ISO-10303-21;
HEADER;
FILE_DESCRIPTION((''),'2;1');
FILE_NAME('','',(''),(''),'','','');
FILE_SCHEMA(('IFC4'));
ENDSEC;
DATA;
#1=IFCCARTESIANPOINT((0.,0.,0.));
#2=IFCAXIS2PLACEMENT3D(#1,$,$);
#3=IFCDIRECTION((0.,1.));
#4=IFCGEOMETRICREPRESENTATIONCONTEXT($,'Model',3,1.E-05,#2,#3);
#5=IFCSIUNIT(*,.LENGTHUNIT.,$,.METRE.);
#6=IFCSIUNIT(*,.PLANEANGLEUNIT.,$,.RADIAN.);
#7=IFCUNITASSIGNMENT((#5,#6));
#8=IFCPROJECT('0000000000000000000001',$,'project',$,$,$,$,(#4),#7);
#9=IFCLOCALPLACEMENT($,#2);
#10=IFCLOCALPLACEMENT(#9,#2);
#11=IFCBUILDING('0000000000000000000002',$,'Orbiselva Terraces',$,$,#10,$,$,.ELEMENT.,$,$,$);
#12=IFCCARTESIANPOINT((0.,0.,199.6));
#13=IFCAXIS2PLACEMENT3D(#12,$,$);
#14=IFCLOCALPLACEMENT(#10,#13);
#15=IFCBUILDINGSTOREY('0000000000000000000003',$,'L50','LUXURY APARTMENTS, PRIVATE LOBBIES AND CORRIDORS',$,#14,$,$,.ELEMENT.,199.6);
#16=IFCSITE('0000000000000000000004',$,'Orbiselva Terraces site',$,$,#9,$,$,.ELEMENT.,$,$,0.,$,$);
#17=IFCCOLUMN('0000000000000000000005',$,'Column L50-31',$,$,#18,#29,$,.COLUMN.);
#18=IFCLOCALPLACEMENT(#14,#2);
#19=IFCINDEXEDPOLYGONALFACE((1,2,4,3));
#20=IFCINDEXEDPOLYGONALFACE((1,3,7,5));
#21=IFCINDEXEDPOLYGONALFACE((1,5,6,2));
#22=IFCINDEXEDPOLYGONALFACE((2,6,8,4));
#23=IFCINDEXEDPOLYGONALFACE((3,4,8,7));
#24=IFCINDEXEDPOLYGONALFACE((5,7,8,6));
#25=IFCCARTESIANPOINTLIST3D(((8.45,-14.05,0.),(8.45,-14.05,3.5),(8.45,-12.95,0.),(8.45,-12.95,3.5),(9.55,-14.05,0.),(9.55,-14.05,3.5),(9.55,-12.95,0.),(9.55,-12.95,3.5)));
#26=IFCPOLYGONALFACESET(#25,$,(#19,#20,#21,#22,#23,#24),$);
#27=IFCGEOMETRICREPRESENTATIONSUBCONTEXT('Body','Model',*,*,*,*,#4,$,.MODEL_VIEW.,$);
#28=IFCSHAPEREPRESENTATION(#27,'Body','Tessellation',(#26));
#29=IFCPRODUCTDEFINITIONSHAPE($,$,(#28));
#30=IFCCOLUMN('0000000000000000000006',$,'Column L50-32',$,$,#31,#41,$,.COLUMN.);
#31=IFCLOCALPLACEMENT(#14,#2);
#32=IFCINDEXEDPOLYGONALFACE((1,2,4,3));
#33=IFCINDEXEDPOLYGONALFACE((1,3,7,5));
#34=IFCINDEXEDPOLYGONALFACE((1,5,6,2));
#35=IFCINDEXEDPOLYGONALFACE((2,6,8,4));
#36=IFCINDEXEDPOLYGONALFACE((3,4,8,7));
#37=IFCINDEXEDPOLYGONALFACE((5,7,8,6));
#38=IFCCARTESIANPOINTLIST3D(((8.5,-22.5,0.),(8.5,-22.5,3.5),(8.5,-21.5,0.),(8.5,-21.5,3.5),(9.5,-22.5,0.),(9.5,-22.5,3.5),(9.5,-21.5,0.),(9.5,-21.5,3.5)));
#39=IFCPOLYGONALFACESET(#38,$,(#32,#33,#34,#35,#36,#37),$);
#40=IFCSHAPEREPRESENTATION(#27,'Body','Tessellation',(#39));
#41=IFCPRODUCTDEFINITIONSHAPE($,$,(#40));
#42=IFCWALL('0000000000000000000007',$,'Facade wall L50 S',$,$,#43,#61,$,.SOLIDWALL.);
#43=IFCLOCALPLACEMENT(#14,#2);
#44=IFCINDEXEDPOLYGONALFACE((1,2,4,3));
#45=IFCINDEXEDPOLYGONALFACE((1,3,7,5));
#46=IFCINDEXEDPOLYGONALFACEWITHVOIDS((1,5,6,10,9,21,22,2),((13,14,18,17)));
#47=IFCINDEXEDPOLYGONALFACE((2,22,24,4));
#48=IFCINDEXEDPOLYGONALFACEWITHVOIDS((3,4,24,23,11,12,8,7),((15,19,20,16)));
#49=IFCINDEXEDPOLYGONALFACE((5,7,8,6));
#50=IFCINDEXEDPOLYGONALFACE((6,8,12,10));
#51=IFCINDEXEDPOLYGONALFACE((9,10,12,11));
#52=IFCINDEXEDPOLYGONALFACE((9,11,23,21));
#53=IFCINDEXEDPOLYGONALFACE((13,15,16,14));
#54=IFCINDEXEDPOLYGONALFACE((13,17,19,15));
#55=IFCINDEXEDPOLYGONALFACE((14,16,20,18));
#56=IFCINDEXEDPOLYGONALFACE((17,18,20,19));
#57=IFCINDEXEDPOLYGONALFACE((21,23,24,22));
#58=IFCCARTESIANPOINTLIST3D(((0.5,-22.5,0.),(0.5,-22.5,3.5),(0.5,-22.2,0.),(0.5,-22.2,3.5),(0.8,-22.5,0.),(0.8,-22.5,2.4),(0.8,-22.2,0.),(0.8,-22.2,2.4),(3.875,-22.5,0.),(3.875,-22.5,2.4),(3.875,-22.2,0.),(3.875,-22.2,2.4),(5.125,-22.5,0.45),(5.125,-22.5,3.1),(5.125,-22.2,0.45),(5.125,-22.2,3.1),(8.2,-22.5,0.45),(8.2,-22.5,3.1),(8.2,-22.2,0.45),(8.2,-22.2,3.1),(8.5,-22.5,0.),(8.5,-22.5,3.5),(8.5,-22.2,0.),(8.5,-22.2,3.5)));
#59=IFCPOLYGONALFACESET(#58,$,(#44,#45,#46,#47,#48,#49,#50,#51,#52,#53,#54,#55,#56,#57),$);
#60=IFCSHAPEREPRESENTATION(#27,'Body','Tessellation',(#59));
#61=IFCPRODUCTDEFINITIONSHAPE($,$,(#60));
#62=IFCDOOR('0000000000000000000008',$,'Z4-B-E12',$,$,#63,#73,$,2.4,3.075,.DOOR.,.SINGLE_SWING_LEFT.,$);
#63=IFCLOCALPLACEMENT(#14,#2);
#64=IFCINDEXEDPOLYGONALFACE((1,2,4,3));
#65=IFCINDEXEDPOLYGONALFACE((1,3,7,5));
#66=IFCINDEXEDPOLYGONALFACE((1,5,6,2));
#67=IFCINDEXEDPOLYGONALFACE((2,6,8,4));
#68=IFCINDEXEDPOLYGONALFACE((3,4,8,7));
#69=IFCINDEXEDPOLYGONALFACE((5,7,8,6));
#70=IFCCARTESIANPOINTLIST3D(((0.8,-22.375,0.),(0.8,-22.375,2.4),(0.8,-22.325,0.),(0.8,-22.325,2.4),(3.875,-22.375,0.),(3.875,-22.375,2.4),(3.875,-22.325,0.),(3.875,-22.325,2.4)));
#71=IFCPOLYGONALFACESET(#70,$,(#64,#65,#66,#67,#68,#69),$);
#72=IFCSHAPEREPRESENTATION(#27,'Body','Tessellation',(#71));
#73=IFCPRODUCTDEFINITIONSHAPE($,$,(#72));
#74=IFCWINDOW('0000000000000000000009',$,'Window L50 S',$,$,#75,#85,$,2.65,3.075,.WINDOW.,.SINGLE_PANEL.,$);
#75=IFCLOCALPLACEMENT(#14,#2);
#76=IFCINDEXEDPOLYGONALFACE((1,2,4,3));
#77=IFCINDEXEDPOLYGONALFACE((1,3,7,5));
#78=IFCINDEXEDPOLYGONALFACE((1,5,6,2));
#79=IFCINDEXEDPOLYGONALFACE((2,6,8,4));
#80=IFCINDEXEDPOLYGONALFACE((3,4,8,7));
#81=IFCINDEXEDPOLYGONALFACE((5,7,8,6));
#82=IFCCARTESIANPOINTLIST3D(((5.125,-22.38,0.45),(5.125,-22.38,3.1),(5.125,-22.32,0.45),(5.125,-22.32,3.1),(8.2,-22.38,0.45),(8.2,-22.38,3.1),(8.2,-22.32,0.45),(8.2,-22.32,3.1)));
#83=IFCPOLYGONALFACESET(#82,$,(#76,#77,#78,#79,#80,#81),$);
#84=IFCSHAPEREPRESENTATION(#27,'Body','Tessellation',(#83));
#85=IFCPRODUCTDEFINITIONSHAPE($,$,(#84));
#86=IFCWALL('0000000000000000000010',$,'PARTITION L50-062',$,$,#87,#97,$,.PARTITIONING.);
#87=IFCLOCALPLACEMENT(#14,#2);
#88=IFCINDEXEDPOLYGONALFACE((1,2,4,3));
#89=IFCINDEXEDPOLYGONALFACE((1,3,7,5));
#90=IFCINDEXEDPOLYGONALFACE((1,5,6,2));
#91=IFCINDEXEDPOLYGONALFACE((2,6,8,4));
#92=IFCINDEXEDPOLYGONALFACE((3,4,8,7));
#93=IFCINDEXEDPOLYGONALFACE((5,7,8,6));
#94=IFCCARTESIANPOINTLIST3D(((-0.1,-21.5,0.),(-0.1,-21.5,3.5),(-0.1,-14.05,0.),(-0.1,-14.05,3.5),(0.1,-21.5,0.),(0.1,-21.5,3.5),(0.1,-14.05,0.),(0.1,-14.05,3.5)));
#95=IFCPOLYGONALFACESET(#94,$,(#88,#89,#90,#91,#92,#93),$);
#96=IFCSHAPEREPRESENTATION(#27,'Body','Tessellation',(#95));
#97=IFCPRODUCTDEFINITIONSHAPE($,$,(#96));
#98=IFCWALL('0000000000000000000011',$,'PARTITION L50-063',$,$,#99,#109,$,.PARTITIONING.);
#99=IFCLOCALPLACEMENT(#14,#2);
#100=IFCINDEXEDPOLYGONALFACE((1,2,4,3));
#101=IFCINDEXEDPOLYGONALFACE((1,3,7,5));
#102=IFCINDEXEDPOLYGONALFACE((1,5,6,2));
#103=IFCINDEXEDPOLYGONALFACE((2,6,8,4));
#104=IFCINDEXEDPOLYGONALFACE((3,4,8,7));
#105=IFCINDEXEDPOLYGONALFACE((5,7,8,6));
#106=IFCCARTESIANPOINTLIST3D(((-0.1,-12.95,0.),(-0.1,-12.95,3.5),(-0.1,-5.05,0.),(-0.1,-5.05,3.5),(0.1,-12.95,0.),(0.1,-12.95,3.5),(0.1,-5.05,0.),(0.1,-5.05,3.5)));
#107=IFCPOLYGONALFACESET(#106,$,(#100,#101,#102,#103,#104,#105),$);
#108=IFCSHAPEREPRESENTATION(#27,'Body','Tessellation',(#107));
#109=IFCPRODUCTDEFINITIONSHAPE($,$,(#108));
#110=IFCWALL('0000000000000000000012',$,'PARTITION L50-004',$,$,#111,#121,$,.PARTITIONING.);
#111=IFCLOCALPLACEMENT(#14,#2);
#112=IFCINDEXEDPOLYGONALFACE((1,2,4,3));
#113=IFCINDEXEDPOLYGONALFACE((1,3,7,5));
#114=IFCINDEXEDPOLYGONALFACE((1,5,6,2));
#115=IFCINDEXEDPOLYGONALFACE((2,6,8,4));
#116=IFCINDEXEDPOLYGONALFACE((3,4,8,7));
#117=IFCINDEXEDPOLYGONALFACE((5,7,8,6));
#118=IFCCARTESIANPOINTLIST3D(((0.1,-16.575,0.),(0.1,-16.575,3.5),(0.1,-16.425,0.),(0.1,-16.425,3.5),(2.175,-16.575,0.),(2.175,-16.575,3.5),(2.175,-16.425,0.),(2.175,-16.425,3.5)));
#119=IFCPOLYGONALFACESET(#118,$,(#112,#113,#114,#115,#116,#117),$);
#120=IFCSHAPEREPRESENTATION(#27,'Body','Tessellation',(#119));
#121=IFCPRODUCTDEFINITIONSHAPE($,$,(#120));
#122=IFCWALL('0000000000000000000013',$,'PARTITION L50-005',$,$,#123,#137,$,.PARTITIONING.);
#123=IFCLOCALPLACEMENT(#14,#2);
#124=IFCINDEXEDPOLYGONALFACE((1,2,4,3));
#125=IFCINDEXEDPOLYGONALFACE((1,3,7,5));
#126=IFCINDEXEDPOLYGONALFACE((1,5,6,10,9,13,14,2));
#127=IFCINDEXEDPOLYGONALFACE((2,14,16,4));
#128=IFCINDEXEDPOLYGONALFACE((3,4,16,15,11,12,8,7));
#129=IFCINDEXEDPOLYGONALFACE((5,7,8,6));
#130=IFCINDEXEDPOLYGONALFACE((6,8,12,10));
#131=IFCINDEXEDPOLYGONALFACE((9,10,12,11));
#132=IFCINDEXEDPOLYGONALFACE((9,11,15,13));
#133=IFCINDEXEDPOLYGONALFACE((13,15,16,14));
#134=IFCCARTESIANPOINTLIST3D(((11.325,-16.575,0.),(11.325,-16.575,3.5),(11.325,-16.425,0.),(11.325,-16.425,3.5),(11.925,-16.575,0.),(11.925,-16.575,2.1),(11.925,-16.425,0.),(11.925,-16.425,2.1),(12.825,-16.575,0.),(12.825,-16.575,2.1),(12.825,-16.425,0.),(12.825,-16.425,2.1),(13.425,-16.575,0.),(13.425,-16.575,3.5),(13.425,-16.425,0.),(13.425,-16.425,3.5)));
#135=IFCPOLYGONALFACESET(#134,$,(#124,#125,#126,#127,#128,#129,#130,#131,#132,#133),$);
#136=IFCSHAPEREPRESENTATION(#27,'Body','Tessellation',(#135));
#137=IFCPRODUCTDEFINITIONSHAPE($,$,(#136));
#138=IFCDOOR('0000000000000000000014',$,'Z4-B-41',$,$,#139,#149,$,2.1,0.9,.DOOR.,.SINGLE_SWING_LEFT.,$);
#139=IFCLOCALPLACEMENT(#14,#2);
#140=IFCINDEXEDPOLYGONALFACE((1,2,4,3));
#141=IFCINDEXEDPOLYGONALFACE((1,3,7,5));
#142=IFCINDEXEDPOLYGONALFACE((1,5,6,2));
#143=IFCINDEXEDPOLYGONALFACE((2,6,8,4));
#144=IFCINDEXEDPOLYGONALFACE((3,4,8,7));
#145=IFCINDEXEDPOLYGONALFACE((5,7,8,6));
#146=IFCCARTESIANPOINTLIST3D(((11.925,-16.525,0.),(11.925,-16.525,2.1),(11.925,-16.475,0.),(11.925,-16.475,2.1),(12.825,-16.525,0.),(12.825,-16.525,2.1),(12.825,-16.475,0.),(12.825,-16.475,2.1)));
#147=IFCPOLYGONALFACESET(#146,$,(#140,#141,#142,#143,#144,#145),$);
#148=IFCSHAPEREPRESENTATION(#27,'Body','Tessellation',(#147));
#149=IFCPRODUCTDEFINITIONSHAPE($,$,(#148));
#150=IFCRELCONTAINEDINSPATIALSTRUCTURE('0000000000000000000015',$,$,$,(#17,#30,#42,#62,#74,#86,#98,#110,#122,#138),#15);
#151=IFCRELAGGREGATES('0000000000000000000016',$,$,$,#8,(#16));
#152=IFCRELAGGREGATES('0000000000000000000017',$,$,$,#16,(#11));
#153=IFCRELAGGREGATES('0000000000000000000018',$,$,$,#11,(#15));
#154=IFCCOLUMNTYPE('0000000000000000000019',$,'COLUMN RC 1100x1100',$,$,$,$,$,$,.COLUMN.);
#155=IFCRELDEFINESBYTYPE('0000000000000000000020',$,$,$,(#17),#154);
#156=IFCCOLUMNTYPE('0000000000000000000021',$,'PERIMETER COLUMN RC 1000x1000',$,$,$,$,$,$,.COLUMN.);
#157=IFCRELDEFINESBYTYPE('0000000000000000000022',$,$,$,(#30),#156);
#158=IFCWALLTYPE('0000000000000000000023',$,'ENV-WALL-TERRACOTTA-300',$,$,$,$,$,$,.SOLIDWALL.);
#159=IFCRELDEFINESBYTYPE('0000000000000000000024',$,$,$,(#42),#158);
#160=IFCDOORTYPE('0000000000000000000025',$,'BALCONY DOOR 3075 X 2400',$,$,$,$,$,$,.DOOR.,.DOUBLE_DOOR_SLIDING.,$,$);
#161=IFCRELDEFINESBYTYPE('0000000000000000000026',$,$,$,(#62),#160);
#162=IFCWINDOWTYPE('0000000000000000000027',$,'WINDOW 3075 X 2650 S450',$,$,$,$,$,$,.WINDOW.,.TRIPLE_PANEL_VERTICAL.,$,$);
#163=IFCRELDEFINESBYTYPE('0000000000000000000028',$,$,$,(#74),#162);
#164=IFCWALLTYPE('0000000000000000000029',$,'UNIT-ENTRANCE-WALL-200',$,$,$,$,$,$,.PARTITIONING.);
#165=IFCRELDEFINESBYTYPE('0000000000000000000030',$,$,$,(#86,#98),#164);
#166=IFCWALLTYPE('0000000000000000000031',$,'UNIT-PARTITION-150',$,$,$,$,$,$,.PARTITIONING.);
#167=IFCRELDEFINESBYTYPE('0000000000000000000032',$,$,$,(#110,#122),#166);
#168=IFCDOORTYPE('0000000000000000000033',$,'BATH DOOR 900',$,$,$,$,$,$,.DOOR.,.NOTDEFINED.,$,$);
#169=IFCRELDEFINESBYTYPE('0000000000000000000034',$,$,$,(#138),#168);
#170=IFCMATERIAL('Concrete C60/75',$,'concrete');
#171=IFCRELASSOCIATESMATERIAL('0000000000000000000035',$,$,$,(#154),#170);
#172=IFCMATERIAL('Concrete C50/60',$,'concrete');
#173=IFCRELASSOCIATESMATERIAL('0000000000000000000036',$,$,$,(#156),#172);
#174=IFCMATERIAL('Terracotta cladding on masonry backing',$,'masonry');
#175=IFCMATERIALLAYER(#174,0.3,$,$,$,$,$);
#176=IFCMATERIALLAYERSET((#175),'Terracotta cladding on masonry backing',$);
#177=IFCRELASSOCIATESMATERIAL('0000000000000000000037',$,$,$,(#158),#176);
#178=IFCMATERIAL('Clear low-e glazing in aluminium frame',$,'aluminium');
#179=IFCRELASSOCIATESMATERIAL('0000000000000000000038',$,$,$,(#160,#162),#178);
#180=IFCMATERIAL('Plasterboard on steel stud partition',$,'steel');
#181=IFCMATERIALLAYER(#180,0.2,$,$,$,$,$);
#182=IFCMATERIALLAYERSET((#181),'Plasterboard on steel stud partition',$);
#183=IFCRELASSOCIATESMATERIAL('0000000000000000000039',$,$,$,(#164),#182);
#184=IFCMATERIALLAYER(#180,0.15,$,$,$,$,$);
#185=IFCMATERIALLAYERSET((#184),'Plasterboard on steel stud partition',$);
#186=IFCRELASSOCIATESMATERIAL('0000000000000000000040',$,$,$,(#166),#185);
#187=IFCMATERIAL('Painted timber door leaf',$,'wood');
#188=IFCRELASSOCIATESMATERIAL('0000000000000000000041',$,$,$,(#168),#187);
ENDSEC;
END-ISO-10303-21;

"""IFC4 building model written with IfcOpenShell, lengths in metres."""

from ifc_helpers import new_model, si_unit, direction, frame, frame_2d, origin, origin_2d, place, context, subcontext, project, spatial, rectangle, extrude, material, layer, layer_set, material_profile, profile_set, type_object, element, fill, save


model = new_model("IFC4")

# Units and contexts
model_context = context("Model", 3, precision=1e-05, world=origin(), true_north=direction((0.0, 1.0)))
body_context = subcontext(model_context, "Body", "Model", "MODEL_VIEW")
ifc_project = project(units=[si_unit("LENGTHUNIT", "METRE"), si_unit("PLANEANGLEUNIT", "RADIAN")], contexts=[model_context])

# Site, building, storey
site_placement = place(None, origin())
site = spatial("IfcSite", under=ifc_project, at=site_placement, Name="Orbiselva Terraces site", CompositionType="ELEMENT", RefElevation=0.0)
building_placement = place(site_placement, origin())
building = spatial("IfcBuilding", under=site, at=building_placement, Name="Orbiselva Terraces", CompositionType="ELEMENT")
storey_placement = place(building_placement, frame((0.0, 0.0, 199.6)))
storey = spatial("IfcBuildingStorey", under=building, at=storey_placement, Name="L50", Description="LUXURY APARTMENTS, PRIVATE LOBBIES AND CORRIDORS", CompositionType="ELEMENT", Elevation=199.6)

# Columns
ifc_material_1 = material(Name="Concrete C60/75", Category="concrete")
ifc_material_profile_1 = material_profile(ifc_material_1, rectangle(XDim=1.1, YDim=1.1, at=origin_2d()), Name="RC 1100x1100")
ifc_profile_set_1 = profile_set([ifc_material_profile_1], Name="Concrete C60/75")
column_type_1 = type_object("IfcColumnType", Name="COLUMN RC 1100x1100", PredefinedType="COLUMN", material=ifc_profile_set_1)
column_1_placement = place(storey_placement, frame((9.0, -13.5, 0.0), z_axis=(0.0, 0.0, 1.0), x_axis=(1.0, 0.0, 0.0)))
element("IfcColumn", 1, at=column_1_placement, inside=storey, type_object=column_type_1, Name="Column L50-31", PredefinedType="COLUMN", context=body_context, shape_type="SweptSolid", body=[
    extrude(rectangle(XDim=1.1, YDim=1.1, at=origin_2d()), origin(), (0.0, 0.0, 1.0), 3.5),
])
ifc_material_2 = material(Name="Concrete C50/60", Category="concrete")
ifc_material_profile_2 = material_profile(ifc_material_2, rectangle(XDim=1.0, YDim=1.0, at=origin_2d()), Name="RC 1000x1000")
ifc_profile_set_2 = profile_set([ifc_material_profile_2], Name="Concrete C50/60")
column_type_2 = type_object("IfcColumnType", Name="PERIMETER COLUMN RC 1000x1000", PredefinedType="COLUMN", material=ifc_profile_set_2)
column_2_placement = place(storey_placement, frame((9.0, -22.0, 0.0), z_axis=(0.0, 0.0, 1.0), x_axis=(1.0, 0.0, 0.0)))
element("IfcColumn", 2, at=column_2_placement, inside=storey, type_object=column_type_2, Name="Column L50-32", PredefinedType="COLUMN", context=body_context, shape_type="SweptSolid", body=[
    extrude(rectangle(XDim=1.0, YDim=1.0, at=origin_2d()), origin(), (0.0, 0.0, 1.0), 3.5),
])

# Wall, openings, door, window
ifc_material_3 = material(Name="Terracotta cladding on masonry backing", Category="masonry")
ifc_layer_1 = layer(ifc_material_3, 0.3)
ifc_layer_set_1 = layer_set([ifc_layer_1], Name="Terracotta cladding on masonry backing")
wall_type_1 = type_object("IfcWallType", Name="ENV-WALL-TERRACOTTA-300", PredefinedType="SOLIDWALL", material=ifc_layer_set_1)
wall_1_placement = place(storey_placement, frame((8.5, -22.35, 0.0), z_axis=(0.0, 0.0, 1.0), x_axis=(-1.0, 0.0, 0.0)))
wall_1 = element("IfcWall", 3, at=wall_1_placement, inside=storey, type_object=wall_type_1, Name="Facade wall L50 S", PredefinedType="SOLIDWALL", context=body_context, shape_type="SweptSolid", body=[
    extrude(rectangle(XDim=8.0, YDim=0.3, at=frame_2d((4.0, 0.0))), origin(), (0.0, 0.0, 1.0), 3.5),
])
opening_1_placement = place(wall_1_placement, frame((4.625, 0.0, 0.0)))
opening_1 = element("IfcOpeningElement", 4, at=opening_1_placement, cuts=wall_1, PredefinedType="OPENING", context=body_context, shape_type="SweptSolid", body=[
    extrude(rectangle(XDim=3.075, YDim=2.4, at=frame_2d((1.5375, 1.2))), frame((0.0, 0.16, 0.0), z_axis=(0.0, -1.0, 0.0), x_axis=(1.0, 0.0, 0.0)), (0.0, 0.0, 1.0), 0.32),
])
opening_2_placement = place(wall_1_placement, frame((0.3, 0.0, 0.45)))
opening_2 = element("IfcOpeningElement", 5, at=opening_2_placement, cuts=wall_1, PredefinedType="OPENING", context=body_context, shape_type="SweptSolid", body=[
    extrude(rectangle(XDim=3.075, YDim=2.65, at=frame_2d((1.5375, 1.325))), frame((0.0, 0.16, 0.0), z_axis=(0.0, -1.0, 0.0), x_axis=(1.0, 0.0, 0.0)), (0.0, 0.0, 1.0), 0.32),
])
ifc_material_4 = material(Name="Clear low-e glazing in aluminium frame", Category="aluminium")
door_type_1 = type_object("IfcDoorType", Name="BALCONY DOOR 3075 X 2400", OperationType="DOUBLE_DOOR_SLIDING", PredefinedType="DOOR", material=ifc_material_4)
door_1_placement = place(opening_1_placement, origin())
door_1 = element("IfcDoor", 6, at=door_1_placement, inside=storey, type_object=door_type_1, Name="Z4-B-E12", OperationType="SINGLE_SWING_LEFT", OverallHeight=2.4, OverallWidth=3.075, PredefinedType="DOOR", context=body_context, shape_type="SweptSolid", body=[
    extrude(rectangle(XDim=3.075, YDim=2.4, at=frame_2d((1.5375, 1.2))), frame((0.0, 0.025, 0.0), z_axis=(0.0, -1.0, 0.0), x_axis=(1.0, 0.0, 0.0)), (0.0, 0.0, 1.0), 0.05),
])
fill(opening_1, door_1)
window_type = type_object("IfcWindowType", Name="WINDOW 3075 X 2650 S450", PartitioningType="TRIPLE_PANEL_VERTICAL", PredefinedType="WINDOW", material=ifc_material_4)
window_placement = place(opening_2_placement, origin())
window = element("IfcWindow", 7, at=window_placement, inside=storey, type_object=window_type, Name="Window L50 S", OverallHeight=2.65, OverallWidth=3.075, PartitioningType="SINGLE_PANEL", PredefinedType="WINDOW", context=body_context, shape_type="SweptSolid", body=[
    extrude(rectangle(XDim=3.075, YDim=2.65, at=frame_2d((1.5375, 1.325))), frame((0.0, 0.03, 0.0), z_axis=(0.0, -1.0, 0.0), x_axis=(1.0, 0.0, 0.0)), (0.0, 0.0, 1.0), 0.06),
])
fill(opening_2, window)

# Walls
ifc_material_5 = material(Name="Plasterboard on steel stud partition", Category="steel")
ifc_layer_2 = layer(ifc_material_5, 0.2)
ifc_layer_set_2 = layer_set([ifc_layer_2], Name="Plasterboard on steel stud partition")
wall_type_2 = type_object("IfcWallType", Name="UNIT-ENTRANCE-WALL-200", PredefinedType="PARTITIONING", material=ifc_layer_set_2)
wall_2_placement = place(storey_placement, frame((0.0, -21.5, 0.0), z_axis=(0.0, 0.0, 1.0), x_axis=(0.0, 1.0, 0.0)))
element("IfcWall", 8, at=wall_2_placement, inside=storey, type_object=wall_type_2, Name="PARTITION L50-062", PredefinedType="PARTITIONING", context=body_context, shape_type="SweptSolid", body=[
    extrude(rectangle(XDim=7.45, YDim=0.2, at=frame_2d((3.725, 0.0))), origin(), (0.0, 0.0, 1.0), 3.5),
])
wall_3_placement = place(storey_placement, frame((0.0, -12.95, 0.0), z_axis=(0.0, 0.0, 1.0), x_axis=(0.0, 1.0, 0.0)))
element("IfcWall", 9, at=wall_3_placement, inside=storey, type_object=wall_type_2, Name="PARTITION L50-063", PredefinedType="PARTITIONING", context=body_context, shape_type="SweptSolid", body=[
    extrude(rectangle(XDim=7.9, YDim=0.2, at=frame_2d((3.95, 0.0))), origin(), (0.0, 0.0, 1.0), 3.5),
])
ifc_layer_3 = layer(ifc_material_5, 0.15)
ifc_layer_set_3 = layer_set([ifc_layer_3], Name="Plasterboard on steel stud partition")
wall_type_3 = type_object("IfcWallType", Name="UNIT-PARTITION-150", PredefinedType="PARTITIONING", material=ifc_layer_set_3)
wall_4_placement = place(storey_placement, frame((0.1, -16.5, 0.0), z_axis=(0.0, 0.0, 1.0), x_axis=(1.0, 0.0, 0.0)))
element("IfcWall", 10, at=wall_4_placement, inside=storey, type_object=wall_type_3, Name="PARTITION L50-004", PredefinedType="PARTITIONING", context=body_context, shape_type="SweptSolid", body=[
    extrude(rectangle(XDim=2.075, YDim=0.15, at=frame_2d((1.0375, 0.0))), origin(), (0.0, 0.0, 1.0), 3.5),
])

# Wall, opening, door
wall_5_placement = place(storey_placement, frame((11.325, -16.5, 0.0), z_axis=(0.0, 0.0, 1.0), x_axis=(1.0, 0.0, 0.0)))
wall_5 = element("IfcWall", 11, at=wall_5_placement, inside=storey, type_object=wall_type_3, Name="PARTITION L50-005", PredefinedType="PARTITIONING", context=body_context, shape_type="SweptSolid", body=[
    extrude(rectangle(XDim=2.1, YDim=0.15, at=frame_2d((1.05, 0.0))), origin(), (0.0, 0.0, 1.0), 3.5),
])
opening_3_placement = place(wall_5_placement, frame((0.6, 0.0, 0.0)))
opening_3 = element("IfcOpeningElement", 12, at=opening_3_placement, cuts=wall_5, PredefinedType="OPENING", context=body_context, shape_type="SweptSolid", body=[
    extrude(rectangle(XDim=0.9, YDim=2.1, at=frame_2d((0.45, 1.05))), frame((0.0, 0.085, 0.0), z_axis=(0.0, -1.0, 0.0), x_axis=(1.0, 0.0, 0.0)), (0.0, 0.0, 1.0), 0.17),
])
ifc_material_6 = material(Name="Painted timber door leaf", Category="wood")
door_type_2 = type_object("IfcDoorType", Name="BATH DOOR 900", OperationType="NOTDEFINED", PredefinedType="DOOR", material=ifc_material_6)
door_2_placement = place(opening_3_placement, origin())
door_2 = element("IfcDoor", 13, at=door_2_placement, inside=storey, type_object=door_type_2, Name="Z4-B-41", OperationType="SINGLE_SWING_LEFT", OverallHeight=2.1, OverallWidth=0.9, PredefinedType="DOOR", context=body_context, shape_type="SweptSolid", body=[
    extrude(rectangle(XDim=0.9, YDim=2.1, at=frame_2d((0.45, 1.05))), frame((0.0, 0.025, 0.0), z_axis=(0.0, -1.0, 0.0), x_axis=(1.0, 0.0, 0.0)), (0.0, 0.0, 1.0), 0.05),
])
fill(opening_3, door_2)

save(model, "model.ifc")
